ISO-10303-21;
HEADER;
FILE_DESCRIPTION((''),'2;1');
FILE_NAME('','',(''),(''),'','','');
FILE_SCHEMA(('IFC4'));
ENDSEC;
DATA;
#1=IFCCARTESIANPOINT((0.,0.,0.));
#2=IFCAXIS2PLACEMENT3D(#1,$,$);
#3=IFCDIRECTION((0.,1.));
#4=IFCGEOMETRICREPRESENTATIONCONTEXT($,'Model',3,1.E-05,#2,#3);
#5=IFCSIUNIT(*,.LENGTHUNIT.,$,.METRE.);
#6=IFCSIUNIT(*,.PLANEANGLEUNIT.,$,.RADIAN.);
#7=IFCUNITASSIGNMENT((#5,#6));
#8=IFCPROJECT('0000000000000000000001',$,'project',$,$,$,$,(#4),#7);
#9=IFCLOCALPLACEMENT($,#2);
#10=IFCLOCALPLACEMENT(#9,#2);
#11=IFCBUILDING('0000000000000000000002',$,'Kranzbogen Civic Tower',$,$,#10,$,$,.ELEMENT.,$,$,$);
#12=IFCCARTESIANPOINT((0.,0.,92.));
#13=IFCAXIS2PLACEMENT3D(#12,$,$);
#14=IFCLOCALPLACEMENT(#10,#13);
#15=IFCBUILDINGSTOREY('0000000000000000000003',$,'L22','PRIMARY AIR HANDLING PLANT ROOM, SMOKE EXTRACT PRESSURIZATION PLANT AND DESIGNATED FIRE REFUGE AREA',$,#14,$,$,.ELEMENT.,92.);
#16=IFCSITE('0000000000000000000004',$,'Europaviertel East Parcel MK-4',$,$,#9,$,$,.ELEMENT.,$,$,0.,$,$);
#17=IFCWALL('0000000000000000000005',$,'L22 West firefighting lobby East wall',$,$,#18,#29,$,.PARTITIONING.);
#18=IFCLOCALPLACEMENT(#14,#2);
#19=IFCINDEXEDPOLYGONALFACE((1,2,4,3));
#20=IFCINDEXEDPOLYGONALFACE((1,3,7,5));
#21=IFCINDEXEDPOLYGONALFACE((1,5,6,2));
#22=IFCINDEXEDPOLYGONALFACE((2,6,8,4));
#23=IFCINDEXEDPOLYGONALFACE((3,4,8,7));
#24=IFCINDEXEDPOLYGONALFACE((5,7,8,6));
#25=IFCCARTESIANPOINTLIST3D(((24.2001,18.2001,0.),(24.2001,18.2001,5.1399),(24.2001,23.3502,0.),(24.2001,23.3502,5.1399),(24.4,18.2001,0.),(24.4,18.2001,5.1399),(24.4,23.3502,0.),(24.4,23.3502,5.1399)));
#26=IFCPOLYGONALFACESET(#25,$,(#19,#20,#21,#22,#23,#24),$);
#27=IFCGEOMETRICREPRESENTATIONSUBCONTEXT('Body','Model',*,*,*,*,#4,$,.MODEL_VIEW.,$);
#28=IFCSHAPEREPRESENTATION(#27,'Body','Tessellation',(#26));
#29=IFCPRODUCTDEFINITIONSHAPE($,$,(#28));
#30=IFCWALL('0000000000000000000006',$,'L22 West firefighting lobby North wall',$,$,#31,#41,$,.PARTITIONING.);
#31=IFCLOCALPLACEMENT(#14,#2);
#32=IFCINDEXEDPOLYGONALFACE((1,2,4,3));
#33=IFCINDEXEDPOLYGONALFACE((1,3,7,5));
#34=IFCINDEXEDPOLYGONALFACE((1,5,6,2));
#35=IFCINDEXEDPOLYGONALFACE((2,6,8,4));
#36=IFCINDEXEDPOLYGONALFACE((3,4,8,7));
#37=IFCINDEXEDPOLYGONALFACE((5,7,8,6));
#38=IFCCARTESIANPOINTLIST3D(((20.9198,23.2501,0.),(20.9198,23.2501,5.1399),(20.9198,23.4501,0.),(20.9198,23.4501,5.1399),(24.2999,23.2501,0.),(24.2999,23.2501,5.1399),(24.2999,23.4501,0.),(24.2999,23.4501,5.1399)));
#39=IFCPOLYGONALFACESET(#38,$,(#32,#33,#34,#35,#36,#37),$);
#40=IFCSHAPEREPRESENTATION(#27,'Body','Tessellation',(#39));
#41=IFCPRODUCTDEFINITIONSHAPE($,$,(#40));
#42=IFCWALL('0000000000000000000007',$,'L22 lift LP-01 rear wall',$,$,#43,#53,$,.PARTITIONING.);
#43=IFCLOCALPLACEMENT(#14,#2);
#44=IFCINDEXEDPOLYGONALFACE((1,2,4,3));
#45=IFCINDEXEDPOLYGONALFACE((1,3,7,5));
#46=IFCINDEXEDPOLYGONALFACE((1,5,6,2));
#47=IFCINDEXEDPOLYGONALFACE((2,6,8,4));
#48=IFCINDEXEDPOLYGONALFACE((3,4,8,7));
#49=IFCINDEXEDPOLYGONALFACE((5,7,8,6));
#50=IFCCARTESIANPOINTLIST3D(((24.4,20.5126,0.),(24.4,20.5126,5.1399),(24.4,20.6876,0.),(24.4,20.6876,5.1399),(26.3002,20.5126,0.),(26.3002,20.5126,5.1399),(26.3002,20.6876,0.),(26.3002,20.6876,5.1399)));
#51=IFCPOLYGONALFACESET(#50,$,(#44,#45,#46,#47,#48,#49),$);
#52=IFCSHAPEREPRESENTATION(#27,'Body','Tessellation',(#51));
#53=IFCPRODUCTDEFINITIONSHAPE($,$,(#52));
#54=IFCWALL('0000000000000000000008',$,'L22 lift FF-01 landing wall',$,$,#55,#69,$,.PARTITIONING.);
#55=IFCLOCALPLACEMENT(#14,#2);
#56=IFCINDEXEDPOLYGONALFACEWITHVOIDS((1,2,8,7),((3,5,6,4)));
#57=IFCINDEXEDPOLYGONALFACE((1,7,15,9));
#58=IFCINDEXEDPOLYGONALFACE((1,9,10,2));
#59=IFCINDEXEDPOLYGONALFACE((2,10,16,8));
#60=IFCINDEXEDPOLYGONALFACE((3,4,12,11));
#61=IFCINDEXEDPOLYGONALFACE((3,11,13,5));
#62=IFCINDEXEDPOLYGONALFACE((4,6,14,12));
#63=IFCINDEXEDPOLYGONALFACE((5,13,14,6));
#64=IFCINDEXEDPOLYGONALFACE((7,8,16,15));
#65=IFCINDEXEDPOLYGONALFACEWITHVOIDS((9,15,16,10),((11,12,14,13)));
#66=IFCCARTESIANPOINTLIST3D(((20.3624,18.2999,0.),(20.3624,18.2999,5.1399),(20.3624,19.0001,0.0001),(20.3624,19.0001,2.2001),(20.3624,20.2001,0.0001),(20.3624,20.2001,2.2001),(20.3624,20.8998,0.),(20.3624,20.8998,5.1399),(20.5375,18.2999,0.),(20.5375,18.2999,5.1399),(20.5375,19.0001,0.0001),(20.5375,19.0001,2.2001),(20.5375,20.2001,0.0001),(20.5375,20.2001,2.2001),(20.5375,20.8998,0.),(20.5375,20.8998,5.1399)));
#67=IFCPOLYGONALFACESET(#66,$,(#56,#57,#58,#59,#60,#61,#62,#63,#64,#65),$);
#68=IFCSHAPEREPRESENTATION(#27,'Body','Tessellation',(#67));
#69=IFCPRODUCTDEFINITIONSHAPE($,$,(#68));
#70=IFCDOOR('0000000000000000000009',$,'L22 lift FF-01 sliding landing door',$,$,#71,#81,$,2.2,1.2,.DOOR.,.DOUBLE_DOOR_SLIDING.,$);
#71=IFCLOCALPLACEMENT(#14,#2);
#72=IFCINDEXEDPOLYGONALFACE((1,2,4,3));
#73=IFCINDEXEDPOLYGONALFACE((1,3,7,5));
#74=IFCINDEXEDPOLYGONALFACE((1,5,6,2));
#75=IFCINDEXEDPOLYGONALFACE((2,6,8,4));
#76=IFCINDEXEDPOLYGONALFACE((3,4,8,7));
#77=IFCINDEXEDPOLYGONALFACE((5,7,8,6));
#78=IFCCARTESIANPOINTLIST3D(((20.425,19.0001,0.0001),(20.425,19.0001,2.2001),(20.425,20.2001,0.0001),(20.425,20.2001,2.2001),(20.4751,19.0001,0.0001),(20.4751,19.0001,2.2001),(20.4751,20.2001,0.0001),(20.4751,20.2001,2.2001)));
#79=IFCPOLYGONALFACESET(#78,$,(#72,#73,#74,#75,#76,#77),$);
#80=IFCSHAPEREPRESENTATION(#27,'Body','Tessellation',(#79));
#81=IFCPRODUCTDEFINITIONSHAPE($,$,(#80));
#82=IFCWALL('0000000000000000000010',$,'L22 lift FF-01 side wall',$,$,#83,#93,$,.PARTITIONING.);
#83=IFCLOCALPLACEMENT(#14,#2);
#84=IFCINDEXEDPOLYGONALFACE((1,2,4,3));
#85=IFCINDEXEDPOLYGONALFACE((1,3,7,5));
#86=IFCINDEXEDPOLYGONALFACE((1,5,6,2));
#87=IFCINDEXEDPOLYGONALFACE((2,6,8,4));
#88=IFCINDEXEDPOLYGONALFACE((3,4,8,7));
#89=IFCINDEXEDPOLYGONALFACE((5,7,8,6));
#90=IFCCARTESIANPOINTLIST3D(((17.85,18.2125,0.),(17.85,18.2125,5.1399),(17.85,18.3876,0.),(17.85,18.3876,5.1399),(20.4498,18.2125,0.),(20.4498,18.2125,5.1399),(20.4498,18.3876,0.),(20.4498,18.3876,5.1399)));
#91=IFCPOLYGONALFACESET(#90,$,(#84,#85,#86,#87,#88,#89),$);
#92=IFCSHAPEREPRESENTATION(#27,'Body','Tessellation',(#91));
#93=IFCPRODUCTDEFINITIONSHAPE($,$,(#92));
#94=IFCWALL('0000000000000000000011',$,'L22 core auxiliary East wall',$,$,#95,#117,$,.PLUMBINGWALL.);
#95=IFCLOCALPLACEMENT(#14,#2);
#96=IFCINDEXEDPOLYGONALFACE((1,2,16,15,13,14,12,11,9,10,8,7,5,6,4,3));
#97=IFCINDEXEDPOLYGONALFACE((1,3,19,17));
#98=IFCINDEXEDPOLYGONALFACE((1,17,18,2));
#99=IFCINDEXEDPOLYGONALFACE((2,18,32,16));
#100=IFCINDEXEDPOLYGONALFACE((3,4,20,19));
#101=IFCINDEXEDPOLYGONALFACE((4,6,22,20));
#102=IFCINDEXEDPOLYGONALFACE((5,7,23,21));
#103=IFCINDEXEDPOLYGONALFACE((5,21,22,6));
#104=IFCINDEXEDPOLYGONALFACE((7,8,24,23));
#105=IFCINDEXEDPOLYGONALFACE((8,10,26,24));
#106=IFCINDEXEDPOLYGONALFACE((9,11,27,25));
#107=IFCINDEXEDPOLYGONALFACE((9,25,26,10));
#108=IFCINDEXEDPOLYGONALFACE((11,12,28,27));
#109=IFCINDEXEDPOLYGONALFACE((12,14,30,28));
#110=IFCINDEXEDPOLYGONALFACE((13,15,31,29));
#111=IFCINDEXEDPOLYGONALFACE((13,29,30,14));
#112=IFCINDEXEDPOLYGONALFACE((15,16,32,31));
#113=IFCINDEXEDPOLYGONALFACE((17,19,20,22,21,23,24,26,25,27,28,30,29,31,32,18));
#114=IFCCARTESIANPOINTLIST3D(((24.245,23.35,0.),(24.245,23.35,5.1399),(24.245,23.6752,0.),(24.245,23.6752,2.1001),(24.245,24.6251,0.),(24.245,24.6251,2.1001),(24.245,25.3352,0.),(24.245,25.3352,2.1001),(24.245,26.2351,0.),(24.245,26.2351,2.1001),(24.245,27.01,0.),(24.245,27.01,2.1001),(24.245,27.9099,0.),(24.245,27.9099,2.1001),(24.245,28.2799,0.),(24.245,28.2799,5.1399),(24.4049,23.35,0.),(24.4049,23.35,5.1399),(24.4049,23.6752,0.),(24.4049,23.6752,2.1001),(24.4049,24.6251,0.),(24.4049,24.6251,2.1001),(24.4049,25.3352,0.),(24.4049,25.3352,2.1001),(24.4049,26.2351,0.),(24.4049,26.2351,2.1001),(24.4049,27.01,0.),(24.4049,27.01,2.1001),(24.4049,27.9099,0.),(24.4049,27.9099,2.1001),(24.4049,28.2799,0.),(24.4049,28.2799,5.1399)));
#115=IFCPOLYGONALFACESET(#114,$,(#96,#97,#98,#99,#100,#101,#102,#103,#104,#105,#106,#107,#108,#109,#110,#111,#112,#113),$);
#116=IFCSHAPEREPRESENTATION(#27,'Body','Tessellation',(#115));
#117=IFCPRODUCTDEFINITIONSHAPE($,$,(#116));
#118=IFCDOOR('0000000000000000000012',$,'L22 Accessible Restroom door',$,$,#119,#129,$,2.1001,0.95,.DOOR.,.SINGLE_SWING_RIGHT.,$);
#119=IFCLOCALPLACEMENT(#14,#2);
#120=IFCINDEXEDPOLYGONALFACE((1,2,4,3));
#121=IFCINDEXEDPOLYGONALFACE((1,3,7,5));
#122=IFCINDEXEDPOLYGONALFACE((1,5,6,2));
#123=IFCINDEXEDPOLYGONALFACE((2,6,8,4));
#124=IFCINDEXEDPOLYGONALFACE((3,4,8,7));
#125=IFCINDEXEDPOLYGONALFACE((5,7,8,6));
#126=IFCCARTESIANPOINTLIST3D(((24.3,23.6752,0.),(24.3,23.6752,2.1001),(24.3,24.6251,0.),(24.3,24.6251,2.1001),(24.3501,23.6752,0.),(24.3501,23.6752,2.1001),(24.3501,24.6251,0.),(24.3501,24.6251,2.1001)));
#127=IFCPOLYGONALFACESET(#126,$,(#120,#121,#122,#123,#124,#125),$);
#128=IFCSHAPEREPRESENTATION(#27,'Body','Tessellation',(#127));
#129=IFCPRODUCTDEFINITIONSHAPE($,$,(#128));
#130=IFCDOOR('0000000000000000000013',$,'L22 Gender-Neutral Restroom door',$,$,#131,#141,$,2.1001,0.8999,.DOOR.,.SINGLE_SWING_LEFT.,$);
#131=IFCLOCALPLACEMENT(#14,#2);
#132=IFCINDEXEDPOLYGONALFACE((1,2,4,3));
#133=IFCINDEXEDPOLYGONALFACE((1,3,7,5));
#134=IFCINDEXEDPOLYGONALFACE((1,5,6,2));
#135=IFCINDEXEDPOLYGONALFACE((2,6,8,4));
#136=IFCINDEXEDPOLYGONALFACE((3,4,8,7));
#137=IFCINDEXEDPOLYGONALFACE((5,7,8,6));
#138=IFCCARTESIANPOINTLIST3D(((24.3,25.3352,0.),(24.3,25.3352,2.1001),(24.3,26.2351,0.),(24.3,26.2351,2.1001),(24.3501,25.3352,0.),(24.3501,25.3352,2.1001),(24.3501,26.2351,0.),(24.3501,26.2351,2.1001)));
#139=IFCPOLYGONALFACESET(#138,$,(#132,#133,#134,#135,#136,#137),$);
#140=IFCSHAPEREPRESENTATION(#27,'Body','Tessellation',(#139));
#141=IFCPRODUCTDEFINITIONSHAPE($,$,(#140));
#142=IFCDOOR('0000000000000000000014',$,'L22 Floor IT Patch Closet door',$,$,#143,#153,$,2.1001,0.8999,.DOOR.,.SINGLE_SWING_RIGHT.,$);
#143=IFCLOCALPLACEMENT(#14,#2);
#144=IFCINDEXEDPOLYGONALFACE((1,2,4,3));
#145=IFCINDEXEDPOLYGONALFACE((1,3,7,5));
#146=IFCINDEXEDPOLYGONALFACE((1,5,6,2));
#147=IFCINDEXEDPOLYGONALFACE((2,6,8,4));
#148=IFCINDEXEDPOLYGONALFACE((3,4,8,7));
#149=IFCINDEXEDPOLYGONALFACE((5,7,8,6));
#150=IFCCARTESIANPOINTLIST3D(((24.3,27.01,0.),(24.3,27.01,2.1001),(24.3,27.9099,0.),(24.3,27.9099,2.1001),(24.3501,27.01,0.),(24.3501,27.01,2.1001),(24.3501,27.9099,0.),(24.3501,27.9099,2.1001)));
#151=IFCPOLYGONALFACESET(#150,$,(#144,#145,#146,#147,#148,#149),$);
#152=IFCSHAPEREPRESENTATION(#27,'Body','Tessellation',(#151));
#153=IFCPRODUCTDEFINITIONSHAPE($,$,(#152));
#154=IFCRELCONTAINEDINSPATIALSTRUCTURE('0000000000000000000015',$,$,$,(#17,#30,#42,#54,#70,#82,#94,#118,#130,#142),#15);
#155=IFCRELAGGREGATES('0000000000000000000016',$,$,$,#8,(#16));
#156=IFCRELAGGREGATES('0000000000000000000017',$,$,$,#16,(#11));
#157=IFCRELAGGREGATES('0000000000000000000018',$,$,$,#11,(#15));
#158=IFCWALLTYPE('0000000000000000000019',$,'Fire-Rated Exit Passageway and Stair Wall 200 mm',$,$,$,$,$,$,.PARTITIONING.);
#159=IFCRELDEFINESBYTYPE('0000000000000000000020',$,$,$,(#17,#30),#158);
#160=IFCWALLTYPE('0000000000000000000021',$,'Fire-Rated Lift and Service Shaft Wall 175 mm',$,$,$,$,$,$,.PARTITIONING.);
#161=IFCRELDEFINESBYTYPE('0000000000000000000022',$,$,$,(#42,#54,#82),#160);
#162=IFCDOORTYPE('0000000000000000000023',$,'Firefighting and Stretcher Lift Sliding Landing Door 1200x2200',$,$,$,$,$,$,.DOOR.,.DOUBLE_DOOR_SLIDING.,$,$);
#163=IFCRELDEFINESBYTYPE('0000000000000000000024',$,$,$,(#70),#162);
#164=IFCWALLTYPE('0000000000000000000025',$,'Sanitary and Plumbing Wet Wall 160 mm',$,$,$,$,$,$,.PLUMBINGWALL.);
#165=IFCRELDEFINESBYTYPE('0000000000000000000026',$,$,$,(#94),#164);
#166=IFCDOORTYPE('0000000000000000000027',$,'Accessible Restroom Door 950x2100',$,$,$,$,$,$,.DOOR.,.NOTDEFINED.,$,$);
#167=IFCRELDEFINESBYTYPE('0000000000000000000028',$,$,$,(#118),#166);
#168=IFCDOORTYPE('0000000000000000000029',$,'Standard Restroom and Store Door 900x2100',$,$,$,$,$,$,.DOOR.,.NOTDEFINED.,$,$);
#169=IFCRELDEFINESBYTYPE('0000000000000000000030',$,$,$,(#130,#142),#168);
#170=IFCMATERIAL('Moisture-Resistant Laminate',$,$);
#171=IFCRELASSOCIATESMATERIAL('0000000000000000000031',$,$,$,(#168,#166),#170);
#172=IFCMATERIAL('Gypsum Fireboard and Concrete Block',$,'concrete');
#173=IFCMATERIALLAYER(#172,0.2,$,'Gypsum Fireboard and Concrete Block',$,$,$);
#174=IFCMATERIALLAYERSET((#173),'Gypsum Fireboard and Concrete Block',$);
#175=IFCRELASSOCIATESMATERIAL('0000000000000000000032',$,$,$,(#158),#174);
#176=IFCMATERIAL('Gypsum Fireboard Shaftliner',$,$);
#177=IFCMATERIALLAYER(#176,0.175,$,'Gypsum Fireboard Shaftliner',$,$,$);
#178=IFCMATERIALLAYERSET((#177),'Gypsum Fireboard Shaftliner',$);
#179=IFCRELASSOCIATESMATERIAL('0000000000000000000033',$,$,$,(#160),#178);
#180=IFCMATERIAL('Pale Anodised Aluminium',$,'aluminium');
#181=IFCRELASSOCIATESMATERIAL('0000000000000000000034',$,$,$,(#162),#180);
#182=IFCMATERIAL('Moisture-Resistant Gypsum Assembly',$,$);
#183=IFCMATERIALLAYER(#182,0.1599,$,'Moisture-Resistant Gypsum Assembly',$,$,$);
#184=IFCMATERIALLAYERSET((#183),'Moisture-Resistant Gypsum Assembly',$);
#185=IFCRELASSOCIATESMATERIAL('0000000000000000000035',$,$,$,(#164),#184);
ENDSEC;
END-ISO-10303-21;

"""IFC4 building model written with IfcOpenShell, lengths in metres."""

from ifc_helpers import new_model, si_unit, direction, frame, frame_2d, origin, place, context, subcontext, project, spatial, rectangle, extrude, material, layer, layer_set, type_object, element, fill, save


model = new_model("IFC4")

# Units and contexts
model_context = context("Model", 3, precision=1e-05, world=origin(), true_north=direction((0.0, 1.0)))
body_context = subcontext(model_context, "Body", "Model", "MODEL_VIEW")
ifc_project = project(units=[si_unit("LENGTHUNIT", "METRE"), si_unit("PLANEANGLEUNIT", "RADIAN")], contexts=[model_context])

# Site, building, storey
site_placement = place(None, origin())
site = spatial("IfcSite", under=ifc_project, at=site_placement, Name="Europaviertel East Parcel MK-4", CompositionType="ELEMENT", RefElevation=0.0)
building_placement = place(site_placement, origin())
building = spatial("IfcBuilding", under=site, at=building_placement, Name="Kranzbogen Civic Tower", CompositionType="ELEMENT")
storey_placement = place(building_placement, frame((0.0, 0.0, 92.0)))
storey = spatial("IfcBuildingStorey", under=building, at=storey_placement, Name="L22", Description="PRIMARY AIR HANDLING PLANT ROOM, SMOKE EXTRACT PRESSURIZATION PLANT AND DESIGNATED FIRE REFUGE AREA", CompositionType="ELEMENT", Elevation=92.0)

# Shared definitions
ifc_material_1 = material(Name="Pale Anodised Aluminium", Category="aluminium")
ifc_material_2 = material(Name="Moisture-Resistant Laminate")
door_type_1 = type_object("IfcDoorType", Name="Standard Restroom and Store Door 900x2100", OperationType="NOTDEFINED", PredefinedType="DOOR", material=ifc_material_2)

# Walls
ifc_material_3 = material(Name="Gypsum Fireboard and Concrete Block", Category="concrete")
ifc_layer_1 = layer(ifc_material_3, 0.2, Name="Gypsum Fireboard and Concrete Block")
ifc_layer_set_1 = layer_set([ifc_layer_1], Name="Gypsum Fireboard and Concrete Block")
wall_type_1 = type_object("IfcWallType", Name="Fire-Rated Exit Passageway and Stair Wall 200 mm", PredefinedType="PARTITIONING", material=ifc_layer_set_1)
wall_1_placement = place(storey_placement, frame((24.3, 18.2, 0.0), z_axis=(0.0, 0.0, 1.0), x_axis=(0.0, 1.0, 0.0)))
element("IfcWall", 1, at=wall_1_placement, inside=storey, type_object=wall_type_1, Name="L22 West firefighting lobby East wall", PredefinedType="PARTITIONING", context=body_context, shape_type="SweptSolid", body=[
    extrude(rectangle(XDim=5.1501, YDim=0.2, at=frame_2d((2.5752, 0.0))), origin(), (0.0, 0.0, 1.0), 5.1399),
])
wall_2_placement = place(storey_placement, frame((20.9199, 23.3501, 0.0), z_axis=(0.0, 0.0, 1.0), x_axis=(1.0, 0.0, 0.0)))
element("IfcWall", 2, at=wall_2_placement, inside=storey, type_object=wall_type_1, Name="L22 West firefighting lobby North wall", PredefinedType="PARTITIONING", context=body_context, shape_type="SweptSolid", body=[
    extrude(rectangle(XDim=3.3801, YDim=0.2, at=frame_2d((1.6899, 0.0))), origin(), (0.0, 0.0, 1.0), 5.1399),
])
ifc_material_4 = material(Name="Gypsum Fireboard Shaftliner")
ifc_layer_2 = layer(ifc_material_4, 0.175, Name="Gypsum Fireboard Shaftliner")
ifc_layer_set_2 = layer_set([ifc_layer_2], Name="Gypsum Fireboard Shaftliner")
wall_type_2 = type_object("IfcWallType", Name="Fire-Rated Lift and Service Shaft Wall 175 mm", PredefinedType="PARTITIONING", material=ifc_layer_set_2)
wall_3_placement = place(storey_placement, frame((24.3999, 20.6001, 0.0), z_axis=(0.0, 0.0, 1.0), x_axis=(1.0, 0.0, 0.0)))
element("IfcWall", 3, at=wall_3_placement, inside=storey, type_object=wall_type_2, Name="L22 lift LP-01 rear wall", PredefinedType="PARTITIONING", context=body_context, shape_type="SweptSolid", body=[
    extrude(rectangle(XDim=1.9001, YDim=0.175, at=frame_2d((0.9502, 0.0))), origin(), (0.0, 0.0, 1.0), 5.1399),
])

# Wall, opening, door
wall_4_placement = place(storey_placement, frame((20.45, 18.3, 0.0), z_axis=(0.0, 0.0, 1.0), x_axis=(0.0, 1.0, 0.0)))
wall_4 = element("IfcWall", 4, at=wall_4_placement, inside=storey, type_object=wall_type_2, Name="L22 lift FF-01 landing wall", PredefinedType="PARTITIONING", context=body_context, shape_type="SweptSolid", body=[
    extrude(rectangle(XDim=2.5999, YDim=0.175, at=frame_2d((1.2998, 0.0))), origin(), (0.0, 0.0, 1.0), 5.1399),
])
opening_1_placement = place(wall_4_placement, frame((0.7, 0.0, 0.0)))
opening_1 = element("IfcOpeningElement", 5, at=opening_1_placement, cuts=wall_4, PredefinedType="OPENING", context=body_context, shape_type="SweptSolid", body=[
    extrude(rectangle(XDim=1.2, YDim=2.2, at=frame_2d((0.6001, 1.1001))), frame((0.0, 0.0977, 0.0), z_axis=(0.0, -1.0, 0.0), x_axis=(1.0, 0.0, 0.0)), (0.0, 0.0, 1.0), 0.1951),
])
door_type_2 = type_object("IfcDoorType", Name="Firefighting and Stretcher Lift Sliding Landing Door 1200x2200", OperationType="DOUBLE_DOOR_SLIDING", PredefinedType="DOOR", material=ifc_material_1)
door_1_placement = place(opening_1_placement, origin())
door_1 = element("IfcDoor", 6, at=door_1_placement, inside=storey, type_object=door_type_2, Name="L22 lift FF-01 sliding landing door", OperationType="DOUBLE_DOOR_SLIDING", OverallHeight=2.2, OverallWidth=1.2, PredefinedType="DOOR", context=body_context, shape_type="SweptSolid", body=[
    extrude(rectangle(XDim=1.2, YDim=2.2, at=frame_2d((0.6001, 1.1001))), frame((0.0, 0.0249, 0.0), z_axis=(0.0, -1.0, 0.0), x_axis=(1.0, 0.0, 0.0)), (0.0, 0.0, 1.0), 0.05),
])
fill(opening_1, door_1)

# Wall
wall_5_placement = place(storey_placement, frame((17.8501, 18.3, 0.0), z_axis=(0.0, 0.0, 1.0), x_axis=(1.0, 0.0, 0.0)))
element("IfcWall", 7, at=wall_5_placement, inside=storey, type_object=wall_type_2, Name="L22 lift FF-01 side wall", PredefinedType="PARTITIONING", context=body_context, shape_type="SweptSolid", body=[
    extrude(rectangle(XDim=2.5999, YDim=0.175, at=frame_2d((1.2998, 0.0))), origin(), (0.0, 0.0, 1.0), 5.1399),
])

# Wall, openings, doors
ifc_material_5 = material(Name="Moisture-Resistant Gypsum Assembly")
ifc_layer_3 = layer(ifc_material_5, 0.1599, Name="Moisture-Resistant Gypsum Assembly")
ifc_layer_set_3 = layer_set([ifc_layer_3], Name="Moisture-Resistant Gypsum Assembly")
wall_type_3 = type_object("IfcWallType", Name="Sanitary and Plumbing Wet Wall 160 mm", PredefinedType="PLUMBINGWALL", material=ifc_layer_set_3)
wall_6_placement = place(storey_placement, frame((24.325, 23.3501, 0.0), z_axis=(0.0, 0.0, 1.0), x_axis=(0.0, 1.0, 0.0)))
wall_6 = element("IfcWall", 8, at=wall_6_placement, inside=storey, type_object=wall_type_3, Name="L22 core auxiliary East wall", PredefinedType="PLUMBINGWALL", context=body_context, shape_type="SweptSolid", body=[
    extrude(rectangle(XDim=4.9299, YDim=0.1599, at=frame_2d((2.4648, 0.0))), origin(), (0.0, 0.0, 1.0), 5.1399),
])
opening_2_placement = place(wall_6_placement, frame((0.325, 0.0, 0.0)))
opening_2 = element("IfcOpeningElement", 9, at=opening_2_placement, cuts=wall_6, PredefinedType="OPENING", context=body_context, shape_type="SweptSolid", body=[
    extrude(rectangle(XDim=0.95, YDim=2.1001, at=frame_2d((0.4751, 1.05))), frame((0.0, 0.0898, 0.0), z_axis=(0.0, -1.0, 0.0), x_axis=(1.0, 0.0, 0.0)), (0.0, 0.0, 1.0), 0.1799),
])
opening_3_placement = place(wall_6_placement, frame((1.9851, 0.0, 0.0)))
opening_3 = element("IfcOpeningElement", 10, at=opening_3_placement, cuts=wall_6, PredefinedType="OPENING", context=body_context, shape_type="SweptSolid", body=[
    extrude(rectangle(XDim=0.8999, YDim=2.1001, at=frame_2d((0.45, 1.05))), frame((0.0, 0.0898, 0.0), z_axis=(0.0, -1.0, 0.0), x_axis=(1.0, 0.0, 0.0)), (0.0, 0.0, 1.0), 0.1799),
])
opening_4_placement = place(wall_6_placement, frame((3.6599, 0.0, 0.0)))
opening_4 = element("IfcOpeningElement", 11, at=opening_4_placement, cuts=wall_6, PredefinedType="OPENING", context=body_context, shape_type="SweptSolid", body=[
    extrude(rectangle(XDim=0.8999, YDim=2.1001, at=frame_2d((0.45, 1.05))), frame((0.0, 0.0898, 0.0), z_axis=(0.0, -1.0, 0.0), x_axis=(1.0, 0.0, 0.0)), (0.0, 0.0, 1.0), 0.1799),
])
door_type_3 = type_object("IfcDoorType", Name="Accessible Restroom Door 950x2100", OperationType="NOTDEFINED", PredefinedType="DOOR", material=ifc_material_2)
door_2_placement = place(opening_2_placement, origin())
door_2 = element("IfcDoor", 12, at=door_2_placement, inside=storey, type_object=door_type_3, Name="L22 Accessible Restroom door", OperationType="SINGLE_SWING_RIGHT", OverallHeight=2.1001, OverallWidth=0.95, PredefinedType="DOOR", context=body_context, shape_type="SweptSolid", body=[
    extrude(rectangle(XDim=0.95, YDim=2.1001, at=frame_2d((0.4751, 1.05))), frame((0.0, 0.0249, 0.0), z_axis=(0.0, -1.0, 0.0), x_axis=(1.0, 0.0, 0.0)), (0.0, 0.0, 1.0), 0.05),
])
fill(opening_2, door_2)
door_3_placement = place(opening_3_placement, origin())
door_3 = element("IfcDoor", 13, at=door_3_placement, inside=storey, type_object=door_type_1, Name="L22 Gender-Neutral Restroom door", OperationType="SINGLE_SWING_LEFT", OverallHeight=2.1001, OverallWidth=0.8999, PredefinedType="DOOR", context=body_context, shape_type="SweptSolid", body=[
    extrude(rectangle(XDim=0.8999, YDim=2.1001, at=frame_2d((0.45, 1.05))), frame((0.0, 0.0249, 0.0), z_axis=(0.0, -1.0, 0.0), x_axis=(1.0, 0.0, 0.0)), (0.0, 0.0, 1.0), 0.05),
])
fill(opening_3, door_3)
door_4_placement = place(opening_4_placement, origin())
door_4 = element("IfcDoor", 14, at=door_4_placement, inside=storey, type_object=door_type_1, Name="L22 Floor IT Patch Closet door", OperationType="SINGLE_SWING_RIGHT", OverallHeight=2.1001, OverallWidth=0.8999, PredefinedType="DOOR", context=body_context, shape_type="SweptSolid", body=[
    extrude(rectangle(XDim=0.8999, YDim=2.1001, at=frame_2d((0.45, 1.05))), frame((0.0, 0.0249, 0.0), z_axis=(0.0, -1.0, 0.0), x_axis=(1.0, 0.0, 0.0)), (0.0, 0.0, 1.0), 0.05),
])
fill(opening_4, door_4)

save(model, "model.ifc")
